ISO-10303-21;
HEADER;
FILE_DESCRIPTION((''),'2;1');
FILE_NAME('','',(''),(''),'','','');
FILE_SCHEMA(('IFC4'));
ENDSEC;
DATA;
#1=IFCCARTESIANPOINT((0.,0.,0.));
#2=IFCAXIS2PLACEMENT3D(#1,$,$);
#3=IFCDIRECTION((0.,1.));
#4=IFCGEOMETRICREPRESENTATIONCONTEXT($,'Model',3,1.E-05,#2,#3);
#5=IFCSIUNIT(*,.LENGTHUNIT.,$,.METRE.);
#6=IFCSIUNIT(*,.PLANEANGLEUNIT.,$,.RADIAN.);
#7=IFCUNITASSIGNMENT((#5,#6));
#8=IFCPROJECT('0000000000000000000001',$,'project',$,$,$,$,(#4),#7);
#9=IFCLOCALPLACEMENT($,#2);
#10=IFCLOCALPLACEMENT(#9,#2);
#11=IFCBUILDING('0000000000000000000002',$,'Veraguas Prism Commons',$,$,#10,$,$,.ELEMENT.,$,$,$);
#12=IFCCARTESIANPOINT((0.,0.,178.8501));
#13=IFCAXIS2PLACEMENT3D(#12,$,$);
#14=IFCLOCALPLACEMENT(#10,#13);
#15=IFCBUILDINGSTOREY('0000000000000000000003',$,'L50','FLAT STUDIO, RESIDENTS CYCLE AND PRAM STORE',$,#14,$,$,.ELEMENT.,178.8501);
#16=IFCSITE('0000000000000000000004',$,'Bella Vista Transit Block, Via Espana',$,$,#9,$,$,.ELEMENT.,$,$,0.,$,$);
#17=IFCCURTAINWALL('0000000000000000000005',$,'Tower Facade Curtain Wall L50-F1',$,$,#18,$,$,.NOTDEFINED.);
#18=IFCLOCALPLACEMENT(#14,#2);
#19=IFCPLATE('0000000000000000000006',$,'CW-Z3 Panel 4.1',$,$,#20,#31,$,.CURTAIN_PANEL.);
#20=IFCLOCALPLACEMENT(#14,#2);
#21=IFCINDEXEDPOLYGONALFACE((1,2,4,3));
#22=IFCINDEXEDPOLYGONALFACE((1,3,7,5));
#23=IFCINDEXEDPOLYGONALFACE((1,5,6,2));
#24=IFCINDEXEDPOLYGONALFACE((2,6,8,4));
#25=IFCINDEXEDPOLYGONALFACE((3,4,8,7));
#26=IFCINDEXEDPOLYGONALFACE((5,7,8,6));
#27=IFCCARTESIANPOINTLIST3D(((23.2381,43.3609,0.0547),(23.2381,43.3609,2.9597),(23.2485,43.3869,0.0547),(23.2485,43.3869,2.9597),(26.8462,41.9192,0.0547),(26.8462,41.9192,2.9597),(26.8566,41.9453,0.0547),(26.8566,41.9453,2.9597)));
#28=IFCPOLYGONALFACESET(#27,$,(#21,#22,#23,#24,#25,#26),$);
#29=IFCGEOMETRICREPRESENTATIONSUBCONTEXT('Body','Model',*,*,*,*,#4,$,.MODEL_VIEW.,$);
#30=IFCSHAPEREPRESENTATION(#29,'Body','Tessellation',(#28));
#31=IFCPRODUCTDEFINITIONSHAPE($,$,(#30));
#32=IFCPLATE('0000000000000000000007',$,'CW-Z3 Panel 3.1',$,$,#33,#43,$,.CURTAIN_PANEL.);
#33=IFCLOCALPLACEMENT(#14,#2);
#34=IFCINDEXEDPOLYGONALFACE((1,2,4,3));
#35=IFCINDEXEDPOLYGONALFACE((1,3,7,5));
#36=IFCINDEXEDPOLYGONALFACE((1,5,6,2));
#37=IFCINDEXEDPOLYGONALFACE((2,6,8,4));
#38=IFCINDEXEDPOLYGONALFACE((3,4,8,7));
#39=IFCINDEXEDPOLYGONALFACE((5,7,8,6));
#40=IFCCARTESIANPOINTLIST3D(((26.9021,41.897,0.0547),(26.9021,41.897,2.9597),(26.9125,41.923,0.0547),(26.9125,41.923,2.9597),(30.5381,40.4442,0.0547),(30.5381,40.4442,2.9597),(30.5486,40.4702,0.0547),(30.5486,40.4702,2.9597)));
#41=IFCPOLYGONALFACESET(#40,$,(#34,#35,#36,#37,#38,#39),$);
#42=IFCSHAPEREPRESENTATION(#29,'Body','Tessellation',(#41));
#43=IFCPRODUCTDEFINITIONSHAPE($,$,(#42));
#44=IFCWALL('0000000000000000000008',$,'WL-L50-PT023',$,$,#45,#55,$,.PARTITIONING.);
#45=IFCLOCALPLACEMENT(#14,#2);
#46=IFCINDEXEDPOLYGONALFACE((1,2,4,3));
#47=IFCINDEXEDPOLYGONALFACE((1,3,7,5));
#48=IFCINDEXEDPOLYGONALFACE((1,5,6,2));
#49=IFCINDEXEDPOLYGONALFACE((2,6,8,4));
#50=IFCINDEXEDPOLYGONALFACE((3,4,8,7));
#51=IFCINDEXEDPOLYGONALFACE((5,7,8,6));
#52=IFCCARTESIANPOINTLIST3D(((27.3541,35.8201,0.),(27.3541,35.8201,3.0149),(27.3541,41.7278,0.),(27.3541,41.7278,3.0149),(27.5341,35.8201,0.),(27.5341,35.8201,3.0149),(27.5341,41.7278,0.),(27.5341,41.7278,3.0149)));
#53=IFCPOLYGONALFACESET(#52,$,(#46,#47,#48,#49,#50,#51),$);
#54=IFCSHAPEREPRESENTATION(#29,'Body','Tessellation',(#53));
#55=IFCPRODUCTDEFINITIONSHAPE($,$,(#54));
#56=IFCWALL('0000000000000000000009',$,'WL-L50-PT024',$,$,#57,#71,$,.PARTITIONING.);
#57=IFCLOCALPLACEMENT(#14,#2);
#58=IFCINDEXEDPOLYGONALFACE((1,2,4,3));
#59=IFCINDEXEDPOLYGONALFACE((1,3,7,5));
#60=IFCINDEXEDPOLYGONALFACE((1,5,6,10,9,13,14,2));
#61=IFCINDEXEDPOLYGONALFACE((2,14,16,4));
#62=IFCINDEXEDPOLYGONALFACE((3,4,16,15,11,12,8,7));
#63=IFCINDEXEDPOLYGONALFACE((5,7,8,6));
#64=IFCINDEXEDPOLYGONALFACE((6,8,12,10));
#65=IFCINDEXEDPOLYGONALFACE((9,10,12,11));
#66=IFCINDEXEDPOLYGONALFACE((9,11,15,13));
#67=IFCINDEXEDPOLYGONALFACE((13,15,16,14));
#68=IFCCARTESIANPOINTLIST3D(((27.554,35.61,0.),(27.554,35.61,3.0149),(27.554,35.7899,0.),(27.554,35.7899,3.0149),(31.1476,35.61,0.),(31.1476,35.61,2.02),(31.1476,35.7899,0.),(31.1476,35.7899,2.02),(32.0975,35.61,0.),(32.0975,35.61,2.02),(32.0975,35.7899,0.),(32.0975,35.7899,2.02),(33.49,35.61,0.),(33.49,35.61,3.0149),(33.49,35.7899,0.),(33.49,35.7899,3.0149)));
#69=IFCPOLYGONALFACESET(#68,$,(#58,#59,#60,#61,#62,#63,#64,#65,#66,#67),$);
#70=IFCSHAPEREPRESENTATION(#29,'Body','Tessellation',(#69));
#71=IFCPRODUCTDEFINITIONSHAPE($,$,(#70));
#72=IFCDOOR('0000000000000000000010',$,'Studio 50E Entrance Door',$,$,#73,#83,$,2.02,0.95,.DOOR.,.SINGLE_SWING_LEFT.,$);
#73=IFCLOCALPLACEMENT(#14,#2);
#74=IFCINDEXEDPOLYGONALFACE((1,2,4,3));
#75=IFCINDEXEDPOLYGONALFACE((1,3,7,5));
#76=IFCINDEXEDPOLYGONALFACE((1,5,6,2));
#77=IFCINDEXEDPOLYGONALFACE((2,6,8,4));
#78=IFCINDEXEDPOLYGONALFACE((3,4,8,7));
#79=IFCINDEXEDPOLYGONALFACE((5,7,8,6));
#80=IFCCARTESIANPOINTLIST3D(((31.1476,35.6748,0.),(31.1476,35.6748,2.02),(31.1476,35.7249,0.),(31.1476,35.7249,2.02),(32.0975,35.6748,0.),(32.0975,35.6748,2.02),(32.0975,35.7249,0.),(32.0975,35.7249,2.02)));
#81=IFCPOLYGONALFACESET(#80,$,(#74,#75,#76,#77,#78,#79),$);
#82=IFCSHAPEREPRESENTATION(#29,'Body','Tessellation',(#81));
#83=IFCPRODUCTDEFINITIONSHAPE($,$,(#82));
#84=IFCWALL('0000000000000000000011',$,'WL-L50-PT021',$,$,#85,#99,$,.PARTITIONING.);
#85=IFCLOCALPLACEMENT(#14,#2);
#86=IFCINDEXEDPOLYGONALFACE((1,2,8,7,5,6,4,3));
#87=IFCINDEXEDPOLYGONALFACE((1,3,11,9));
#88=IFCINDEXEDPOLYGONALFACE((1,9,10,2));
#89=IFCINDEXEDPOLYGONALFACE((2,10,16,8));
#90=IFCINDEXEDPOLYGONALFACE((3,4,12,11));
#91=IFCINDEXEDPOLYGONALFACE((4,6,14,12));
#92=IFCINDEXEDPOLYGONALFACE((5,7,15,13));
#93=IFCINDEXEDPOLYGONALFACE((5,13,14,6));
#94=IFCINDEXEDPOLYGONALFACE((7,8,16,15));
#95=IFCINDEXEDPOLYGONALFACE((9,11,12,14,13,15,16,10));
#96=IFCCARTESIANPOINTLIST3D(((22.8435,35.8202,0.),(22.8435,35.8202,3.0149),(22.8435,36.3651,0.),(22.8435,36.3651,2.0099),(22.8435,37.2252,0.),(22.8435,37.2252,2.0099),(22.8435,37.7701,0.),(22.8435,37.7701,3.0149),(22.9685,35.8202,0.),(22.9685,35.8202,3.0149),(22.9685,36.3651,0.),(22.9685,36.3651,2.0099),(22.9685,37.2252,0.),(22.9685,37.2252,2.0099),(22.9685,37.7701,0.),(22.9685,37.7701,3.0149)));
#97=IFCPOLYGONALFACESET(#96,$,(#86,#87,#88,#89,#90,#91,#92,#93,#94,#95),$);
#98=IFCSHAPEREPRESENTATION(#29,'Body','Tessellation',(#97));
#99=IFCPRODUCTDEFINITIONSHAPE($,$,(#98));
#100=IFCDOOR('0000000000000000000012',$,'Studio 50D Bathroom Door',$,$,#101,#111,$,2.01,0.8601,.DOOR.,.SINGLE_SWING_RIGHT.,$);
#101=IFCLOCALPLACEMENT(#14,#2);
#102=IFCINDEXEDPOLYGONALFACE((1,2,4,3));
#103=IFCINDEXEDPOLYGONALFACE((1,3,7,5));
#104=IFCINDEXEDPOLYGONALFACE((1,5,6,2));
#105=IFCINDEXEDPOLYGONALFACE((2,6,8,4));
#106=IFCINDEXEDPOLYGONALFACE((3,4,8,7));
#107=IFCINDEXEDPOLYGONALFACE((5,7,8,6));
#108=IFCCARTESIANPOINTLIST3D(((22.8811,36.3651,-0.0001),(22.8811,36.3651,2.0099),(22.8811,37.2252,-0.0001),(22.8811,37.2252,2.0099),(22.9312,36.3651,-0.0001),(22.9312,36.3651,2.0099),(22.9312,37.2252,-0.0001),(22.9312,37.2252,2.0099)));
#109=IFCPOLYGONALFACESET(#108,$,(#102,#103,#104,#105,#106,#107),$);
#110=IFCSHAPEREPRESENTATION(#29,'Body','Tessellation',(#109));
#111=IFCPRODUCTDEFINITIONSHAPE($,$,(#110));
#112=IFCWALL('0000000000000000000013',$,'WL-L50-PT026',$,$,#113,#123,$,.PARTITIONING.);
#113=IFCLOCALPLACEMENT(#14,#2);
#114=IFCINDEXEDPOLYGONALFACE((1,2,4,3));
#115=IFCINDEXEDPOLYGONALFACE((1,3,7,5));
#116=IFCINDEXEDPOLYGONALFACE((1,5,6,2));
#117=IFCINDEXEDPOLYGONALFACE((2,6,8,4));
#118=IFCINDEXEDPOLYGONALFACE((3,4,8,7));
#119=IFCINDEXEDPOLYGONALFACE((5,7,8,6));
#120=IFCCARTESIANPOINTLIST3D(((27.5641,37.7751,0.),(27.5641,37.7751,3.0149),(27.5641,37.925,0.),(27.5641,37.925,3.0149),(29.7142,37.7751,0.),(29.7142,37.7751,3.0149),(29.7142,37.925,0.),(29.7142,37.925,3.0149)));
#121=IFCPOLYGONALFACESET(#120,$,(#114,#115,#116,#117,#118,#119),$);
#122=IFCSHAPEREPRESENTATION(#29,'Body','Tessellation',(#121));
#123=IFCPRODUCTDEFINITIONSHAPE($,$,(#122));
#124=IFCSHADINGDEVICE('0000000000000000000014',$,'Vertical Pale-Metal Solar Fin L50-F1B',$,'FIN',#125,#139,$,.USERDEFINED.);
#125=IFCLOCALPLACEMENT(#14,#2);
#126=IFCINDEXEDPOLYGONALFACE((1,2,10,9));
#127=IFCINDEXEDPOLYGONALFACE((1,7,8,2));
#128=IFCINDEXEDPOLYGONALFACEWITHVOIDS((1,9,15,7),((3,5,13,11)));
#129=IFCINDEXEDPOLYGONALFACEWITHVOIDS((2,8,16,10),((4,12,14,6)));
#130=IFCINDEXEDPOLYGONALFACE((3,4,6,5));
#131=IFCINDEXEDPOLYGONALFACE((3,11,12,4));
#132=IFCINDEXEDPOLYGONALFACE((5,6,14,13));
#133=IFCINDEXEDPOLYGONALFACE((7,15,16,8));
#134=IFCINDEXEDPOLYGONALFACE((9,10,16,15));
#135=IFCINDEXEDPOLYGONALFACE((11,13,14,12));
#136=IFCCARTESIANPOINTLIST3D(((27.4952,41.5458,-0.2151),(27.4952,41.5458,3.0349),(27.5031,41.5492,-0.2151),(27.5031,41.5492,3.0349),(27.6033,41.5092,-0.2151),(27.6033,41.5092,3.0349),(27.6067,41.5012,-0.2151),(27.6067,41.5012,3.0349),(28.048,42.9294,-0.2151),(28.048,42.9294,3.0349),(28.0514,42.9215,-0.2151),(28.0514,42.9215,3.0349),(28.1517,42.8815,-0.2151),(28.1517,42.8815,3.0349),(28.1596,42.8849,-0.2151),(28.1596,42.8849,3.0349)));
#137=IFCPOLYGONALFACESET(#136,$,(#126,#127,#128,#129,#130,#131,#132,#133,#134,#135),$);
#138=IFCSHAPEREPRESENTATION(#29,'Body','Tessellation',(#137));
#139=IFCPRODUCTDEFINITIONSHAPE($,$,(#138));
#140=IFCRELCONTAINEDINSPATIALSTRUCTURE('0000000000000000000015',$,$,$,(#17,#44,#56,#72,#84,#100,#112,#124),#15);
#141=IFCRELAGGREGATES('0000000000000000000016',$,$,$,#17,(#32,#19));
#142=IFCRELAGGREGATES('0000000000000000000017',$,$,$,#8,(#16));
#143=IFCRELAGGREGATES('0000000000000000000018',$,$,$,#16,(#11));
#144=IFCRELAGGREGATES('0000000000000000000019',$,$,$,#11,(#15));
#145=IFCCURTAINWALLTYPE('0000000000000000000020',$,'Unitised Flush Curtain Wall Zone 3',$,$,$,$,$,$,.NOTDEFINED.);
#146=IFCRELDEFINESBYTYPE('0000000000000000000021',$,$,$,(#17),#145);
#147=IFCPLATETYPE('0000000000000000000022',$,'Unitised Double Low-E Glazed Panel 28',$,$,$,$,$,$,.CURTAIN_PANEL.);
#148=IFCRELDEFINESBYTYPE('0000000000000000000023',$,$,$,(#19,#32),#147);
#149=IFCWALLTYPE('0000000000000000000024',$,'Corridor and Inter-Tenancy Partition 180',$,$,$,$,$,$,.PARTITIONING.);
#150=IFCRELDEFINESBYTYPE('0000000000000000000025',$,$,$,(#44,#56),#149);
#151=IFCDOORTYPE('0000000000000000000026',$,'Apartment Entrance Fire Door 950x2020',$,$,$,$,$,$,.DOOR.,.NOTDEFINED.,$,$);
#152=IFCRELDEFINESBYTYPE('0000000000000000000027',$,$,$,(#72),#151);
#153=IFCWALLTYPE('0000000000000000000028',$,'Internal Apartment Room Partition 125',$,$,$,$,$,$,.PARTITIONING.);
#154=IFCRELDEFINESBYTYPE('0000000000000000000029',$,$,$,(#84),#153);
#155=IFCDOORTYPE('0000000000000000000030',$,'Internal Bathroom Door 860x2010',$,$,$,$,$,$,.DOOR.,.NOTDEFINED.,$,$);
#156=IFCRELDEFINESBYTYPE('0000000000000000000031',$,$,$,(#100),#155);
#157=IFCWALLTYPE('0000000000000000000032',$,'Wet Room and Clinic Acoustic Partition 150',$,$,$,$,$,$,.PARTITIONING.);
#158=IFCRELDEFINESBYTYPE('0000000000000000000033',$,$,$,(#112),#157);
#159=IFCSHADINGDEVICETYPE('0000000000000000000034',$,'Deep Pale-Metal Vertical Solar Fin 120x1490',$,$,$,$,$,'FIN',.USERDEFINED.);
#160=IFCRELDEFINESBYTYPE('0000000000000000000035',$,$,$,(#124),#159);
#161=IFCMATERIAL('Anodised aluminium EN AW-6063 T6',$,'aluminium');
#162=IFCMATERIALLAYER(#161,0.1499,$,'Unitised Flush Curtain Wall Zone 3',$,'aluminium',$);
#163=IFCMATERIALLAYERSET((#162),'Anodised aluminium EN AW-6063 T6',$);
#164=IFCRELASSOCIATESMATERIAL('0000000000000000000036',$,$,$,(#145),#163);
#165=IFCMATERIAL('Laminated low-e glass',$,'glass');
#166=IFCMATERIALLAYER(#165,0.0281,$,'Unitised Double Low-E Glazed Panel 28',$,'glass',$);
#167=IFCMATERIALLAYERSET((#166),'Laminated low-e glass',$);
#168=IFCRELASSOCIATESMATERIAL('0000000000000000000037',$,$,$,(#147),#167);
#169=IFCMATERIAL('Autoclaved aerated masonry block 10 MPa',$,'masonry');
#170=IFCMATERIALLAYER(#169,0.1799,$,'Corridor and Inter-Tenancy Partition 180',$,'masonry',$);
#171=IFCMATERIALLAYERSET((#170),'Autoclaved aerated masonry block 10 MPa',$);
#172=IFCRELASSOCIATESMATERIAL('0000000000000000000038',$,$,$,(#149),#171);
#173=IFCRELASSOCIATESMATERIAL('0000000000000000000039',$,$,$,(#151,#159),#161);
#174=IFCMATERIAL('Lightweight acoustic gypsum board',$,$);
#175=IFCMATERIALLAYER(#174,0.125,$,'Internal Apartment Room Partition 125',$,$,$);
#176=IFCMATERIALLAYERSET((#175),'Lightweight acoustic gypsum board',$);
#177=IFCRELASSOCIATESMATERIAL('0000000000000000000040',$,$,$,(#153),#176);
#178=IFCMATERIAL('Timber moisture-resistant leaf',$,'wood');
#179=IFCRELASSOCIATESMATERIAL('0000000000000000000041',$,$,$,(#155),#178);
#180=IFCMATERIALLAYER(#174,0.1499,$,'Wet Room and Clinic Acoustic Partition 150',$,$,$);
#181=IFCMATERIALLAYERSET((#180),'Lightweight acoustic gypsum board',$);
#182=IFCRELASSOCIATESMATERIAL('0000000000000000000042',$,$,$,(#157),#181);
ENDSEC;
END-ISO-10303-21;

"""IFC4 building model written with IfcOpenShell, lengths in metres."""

from ifc_helpers import new_model, si_unit, direction, frame, frame_2d, origin, origin_2d, place, context, subcontext, project, spatial, rectangle, hollow_rectangle, extrude, source, transform, mapped, material, layer, layer_set, material_profile, profile_set, type_object, element, fill, aggregate, save


model = new_model("IFC4")

# Units and contexts
model_context = context("Model", 3, precision=1e-05, world=origin(), true_north=direction((0.0, 1.0)))
body_context = subcontext(model_context, "Body", "Model", "MODEL_VIEW")
ifc_project = project(units=[si_unit("LENGTHUNIT", "METRE"), si_unit("PLANEANGLEUNIT", "RADIAN")], contexts=[model_context])

# Site, building, storey
site_placement = place(None, origin())
site = spatial("IfcSite", under=ifc_project, at=site_placement, Name="Bella Vista Transit Block, Via Espana", CompositionType="ELEMENT", RefElevation=0.0)
building_placement = place(site_placement, origin())
building = spatial("IfcBuilding", under=site, at=building_placement, Name="Veraguas Prism Commons", CompositionType="ELEMENT")
storey_placement = place(building_placement, frame((0.0, 0.0, 178.8501)))
storey = spatial("IfcBuildingStorey", under=building, at=storey_placement, Name="L50", Description="FLAT STUDIO, RESIDENTS CYCLE AND PRAM STORE", CompositionType="ELEMENT", Elevation=178.8501)

# Curtain wall
ifc_material_1 = material(Name="Anodised aluminium EN AW-6063 T6", Category="aluminium")
ifc_layer_1 = layer(ifc_material_1, 0.1499, Name="Unitised Flush Curtain Wall Zone 3", Category="aluminium")
ifc_layer_set_1 = layer_set([ifc_layer_1], Name="Anodised aluminium EN AW-6063 T6")
curtain_wall_type = type_object("IfcCurtainWallType", Name="Unitised Flush Curtain Wall Zone 3", PredefinedType="NOTDEFINED", material=ifc_layer_set_1)
curtain_wall_1_placement = place(storey_placement, origin())
curtain_wall_1 = element("IfcCurtainWall", 1, at=curtain_wall_1_placement, inside=storey, type_object=curtain_wall_type, Name="Tower Facade Curtain Wall L50-F1", PredefinedType="NOTDEFINED")

# Plates
ifc_material_2 = material(Name="Laminated low-e glass", Category="glass")
ifc_layer_2 = layer(ifc_material_2, 0.0281, Name="Unitised Double Low-E Glazed Panel 28", Category="glass")
ifc_layer_set_2 = layer_set([ifc_layer_2], Name="Laminated low-e glass")
plate_type = type_object("IfcPlateType", Name="Unitised Double Low-E Glazed Panel 28", PredefinedType="CURTAIN_PANEL", material=ifc_layer_set_2)
shared_shape_1 = source(origin(), body_context, "Body", "SweptSolid", [
    extrude(rectangle(XDim=3.8855, YDim=0.0281, at=origin_2d()), origin(), (0.0, 0.0, 1.0), 2.905),
])
plate_1_placement = place(storey_placement, frame((25.0474, 42.6531, 0.0547), z_axis=(0.0, 0.0, 1.0), x_axis=(-0.928618, 0.371037, 0.0)))
plate_1 = element("IfcPlate", 2, at=plate_1_placement, type_object=plate_type, Name="CW-Z3 Panel 4.1", PredefinedType="CURTAIN_PANEL", context=body_context, shape_type="MappedRepresentation", body=[
    mapped(shared_shape_1, transform((0.0, 0.0, 0.0), scale=1.0)),
])
shared_shape_2 = source(origin(), body_context, "Body", "SweptSolid", [
    extrude(rectangle(XDim=3.9155, YDim=0.0281, at=origin_2d()), origin(), (0.0, 0.0, 1.0), 2.905),
])
plate_2_placement = place(storey_placement, frame((28.7253, 41.1836, 0.0547), z_axis=(0.0, 0.0, 1.0), x_axis=(-0.928618, 0.371037, 0.0)))
plate_2 = element("IfcPlate", 3, at=plate_2_placement, type_object=plate_type, Name="CW-Z3 Panel 3.1", PredefinedType="CURTAIN_PANEL", context=body_context, shape_type="MappedRepresentation", body=[
    mapped(shared_shape_2, transform((0.0, 0.0, 0.0), scale=1.0)),
])
aggregate(curtain_wall_1, [plate_2, plate_1])

# Wall
ifc_material_3 = material(Name="Autoclaved aerated masonry block 10 MPa", Category="masonry")
ifc_layer_3 = layer(ifc_material_3, 0.1799, Name="Corridor and Inter-Tenancy Partition 180", Category="masonry")
ifc_layer_set_3 = layer_set([ifc_layer_3], Name="Autoclaved aerated masonry block 10 MPa")
wall_type_1 = type_object("IfcWallType", Name="Corridor and Inter-Tenancy Partition 180", PredefinedType="PARTITIONING", material=ifc_layer_set_3)
wall_1_placement = place(storey_placement, frame((27.4441, 35.8201, 0.0), z_axis=(0.0, 0.0, 1.0), x_axis=(0.0, 1.0, 0.0)))
element("IfcWall", 4, at=wall_1_placement, inside=storey, type_object=wall_type_1, Name="WL-L50-PT023", PredefinedType="PARTITIONING", context=body_context, shape_type="SweptSolid", body=[
    extrude(rectangle(XDim=5.9077, YDim=0.1799, at=frame_2d((2.9539, 0.0))), origin(), (0.0, 0.0, 1.0), 3.0149),
])

# Walls, openings, doors
wall_2_placement = place(storey_placement, frame((27.554, 35.7, 0.0), z_axis=(0.0, 0.0, 1.0), x_axis=(1.0, 0.0, 0.0)))
wall_2 = element("IfcWall", 5, at=wall_2_placement, inside=storey, type_object=wall_type_1, Name="WL-L50-PT024", PredefinedType="PARTITIONING", context=body_context, shape_type="SweptSolid", body=[
    extrude(rectangle(XDim=5.936, YDim=0.1799, at=frame_2d((2.968, 0.0))), origin(), (0.0, 0.0, 1.0), 3.0149),
])
opening_1_placement = place(wall_2_placement, frame((3.5935, 0.0, 0.0)))
opening_1 = element("IfcOpeningElement", 6, at=opening_1_placement, cuts=wall_2, PredefinedType="OPENING", context=body_context, shape_type="SweptSolid", body=[
    extrude(rectangle(XDim=0.95, YDim=2.02, at=frame_2d((0.4751, 1.01))), frame((0.0, 0.0999, 0.0), z_axis=(0.0, -1.0, 0.0), x_axis=(1.0, 0.0, 0.0)), (0.0, 0.0, 1.0), 0.2),
])
door_type_1 = type_object("IfcDoorType", Name="Apartment Entrance Fire Door 950x2020", OperationType="NOTDEFINED", PredefinedType="DOOR", material=ifc_material_1)
shared_shape_3 = source(origin(), body_context, "Body", "SweptSolid", [
    extrude(rectangle(XDim=0.95, YDim=2.02, at=frame_2d((0.4751, 1.01))), frame((0.0, 0.0249, 0.0), z_axis=(0.0, -1.0, 0.0), x_axis=(1.0, 0.0, 0.0)), (0.0, 0.0, 1.0), 0.05),
])
door_1_placement = place(opening_1_placement, origin())
door_1 = element("IfcDoor", 7, at=door_1_placement, inside=storey, type_object=door_type_1, Name="Studio 50E Entrance Door", OperationType="SINGLE_SWING_LEFT", OverallHeight=2.02, OverallWidth=0.95, PredefinedType="DOOR", context=body_context, shape_type="MappedRepresentation", body=[
    mapped(shared_shape_3, transform((0.0, 0.0, 0.0), scale=1.0)),
])
fill(opening_1, door_1)
ifc_material_4 = material(Name="Lightweight acoustic gypsum board")
ifc_layer_4 = layer(ifc_material_4, 0.125, Name="Internal Apartment Room Partition 125")
ifc_layer_set_4 = layer_set([ifc_layer_4], Name="Lightweight acoustic gypsum board")
wall_type_2 = type_object("IfcWallType", Name="Internal Apartment Room Partition 125", PredefinedType="PARTITIONING", material=ifc_layer_set_4)
wall_3_placement = place(storey_placement, frame((22.906, 35.8201, 0.0), z_axis=(0.0, 0.0, 1.0), x_axis=(0.0, 1.0, 0.0)))
wall_3 = element("IfcWall", 8, at=wall_3_placement, inside=storey, type_object=wall_type_2, Name="WL-L50-PT021", PredefinedType="PARTITIONING", context=body_context, shape_type="SweptSolid", body=[
    extrude(rectangle(XDim=1.95, YDim=0.125, at=frame_2d((0.9751, 0.0))), origin(), (0.0, 0.0, 1.0), 3.0149),
])
opening_2_placement = place(wall_3_placement, frame((0.5449, 0.0, 0.0)))
opening_2 = element("IfcOpeningElement", 9, at=opening_2_placement, cuts=wall_3, PredefinedType="OPENING", context=body_context, shape_type="SweptSolid", body=[
    extrude(rectangle(XDim=0.8601, YDim=2.01, at=frame_2d((0.4302, 1.0049))), frame((0.0, 0.0725, 0.0), z_axis=(0.0, -1.0, 0.0), x_axis=(1.0, 0.0, 0.0)), (0.0, 0.0, 1.0), 0.145),
])
ifc_material_5 = material(Name="Timber moisture-resistant leaf", Category="wood")
door_type_2 = type_object("IfcDoorType", Name="Internal Bathroom Door 860x2010", OperationType="NOTDEFINED", PredefinedType="DOOR", material=ifc_material_5)
shared_shape_4 = source(origin(), body_context, "Body", "SweptSolid", [
    extrude(rectangle(XDim=0.8601, YDim=2.01, at=frame_2d((0.4302, 1.0049))), frame((0.0, 0.0249, 0.0), z_axis=(0.0, -1.0, 0.0), x_axis=(1.0, 0.0, 0.0)), (0.0, 0.0, 1.0), 0.05),
])
door_2_placement = place(opening_2_placement, origin())
door_2 = element("IfcDoor", 10, at=door_2_placement, inside=storey, type_object=door_type_2, Name="Studio 50D Bathroom Door", OperationType="SINGLE_SWING_RIGHT", OverallHeight=2.01, OverallWidth=0.8601, PredefinedType="DOOR", context=body_context, shape_type="MappedRepresentation", body=[
    mapped(shared_shape_4, transform((0.0, 0.0, 0.0), scale=1.0)),
])
fill(opening_2, door_2)

# Wall
ifc_layer_5 = layer(ifc_material_4, 0.1499, Name="Wet Room and Clinic Acoustic Partition 150")
ifc_layer_set_5 = layer_set([ifc_layer_5], Name="Lightweight acoustic gypsum board")
wall_type_3 = type_object("IfcWallType", Name="Wet Room and Clinic Acoustic Partition 150", PredefinedType="PARTITIONING", material=ifc_layer_set_5)
wall_4_placement = place(storey_placement, frame((27.564, 37.8501, 0.0), z_axis=(0.0, 0.0, 1.0), x_axis=(1.0, 0.0, 0.0)))
element("IfcWall", 11, at=wall_4_placement, inside=storey, type_object=wall_type_3, Name="WL-L50-PT026", PredefinedType="PARTITIONING", context=body_context, shape_type="SweptSolid", body=[
    extrude(rectangle(XDim=2.1501, YDim=0.1499, at=frame_2d((1.0752, 0.0))), origin(), (0.0, 0.0, 1.0), 3.0149),
])

# Shading device
ifc_material_profile_1 = material_profile(ifc_material_1, hollow_rectangle(XDim=0.1201, YDim=1.49, WallThickness=0.0061, at=origin_2d()), Name="FIN120X1490X6")
ifc_profile_set_1 = profile_set([ifc_material_profile_1], Name="Anodised aluminium EN AW-6063 T6")
shading_device_type = type_object("IfcShadingDeviceType", Name="Deep Pale-Metal Vertical Solar Fin 120x1490", ElementType="FIN", PredefinedType="USERDEFINED", material=ifc_profile_set_1)
shading_device_placement = place(storey_placement, frame((27.8274, 42.2153, -0.2151), z_axis=(0.0, 0.0, 1.0), x_axis=(-0.928616, 0.371042, 0.0)))
element("IfcShadingDevice", 12, at=shading_device_placement, inside=storey, type_object=shading_device_type, Name="Vertical Pale-Metal Solar Fin L50-F1B", ObjectType="FIN", PredefinedType="USERDEFINED", context=body_context, shape_type="SweptSolid", body=[
    extrude(hollow_rectangle(XDim=0.1201, YDim=1.49, WallThickness=0.0061, at=origin_2d()), origin(), (0.0, 0.0, 1.0), 3.25),
])

save(model, "model.ifc")
